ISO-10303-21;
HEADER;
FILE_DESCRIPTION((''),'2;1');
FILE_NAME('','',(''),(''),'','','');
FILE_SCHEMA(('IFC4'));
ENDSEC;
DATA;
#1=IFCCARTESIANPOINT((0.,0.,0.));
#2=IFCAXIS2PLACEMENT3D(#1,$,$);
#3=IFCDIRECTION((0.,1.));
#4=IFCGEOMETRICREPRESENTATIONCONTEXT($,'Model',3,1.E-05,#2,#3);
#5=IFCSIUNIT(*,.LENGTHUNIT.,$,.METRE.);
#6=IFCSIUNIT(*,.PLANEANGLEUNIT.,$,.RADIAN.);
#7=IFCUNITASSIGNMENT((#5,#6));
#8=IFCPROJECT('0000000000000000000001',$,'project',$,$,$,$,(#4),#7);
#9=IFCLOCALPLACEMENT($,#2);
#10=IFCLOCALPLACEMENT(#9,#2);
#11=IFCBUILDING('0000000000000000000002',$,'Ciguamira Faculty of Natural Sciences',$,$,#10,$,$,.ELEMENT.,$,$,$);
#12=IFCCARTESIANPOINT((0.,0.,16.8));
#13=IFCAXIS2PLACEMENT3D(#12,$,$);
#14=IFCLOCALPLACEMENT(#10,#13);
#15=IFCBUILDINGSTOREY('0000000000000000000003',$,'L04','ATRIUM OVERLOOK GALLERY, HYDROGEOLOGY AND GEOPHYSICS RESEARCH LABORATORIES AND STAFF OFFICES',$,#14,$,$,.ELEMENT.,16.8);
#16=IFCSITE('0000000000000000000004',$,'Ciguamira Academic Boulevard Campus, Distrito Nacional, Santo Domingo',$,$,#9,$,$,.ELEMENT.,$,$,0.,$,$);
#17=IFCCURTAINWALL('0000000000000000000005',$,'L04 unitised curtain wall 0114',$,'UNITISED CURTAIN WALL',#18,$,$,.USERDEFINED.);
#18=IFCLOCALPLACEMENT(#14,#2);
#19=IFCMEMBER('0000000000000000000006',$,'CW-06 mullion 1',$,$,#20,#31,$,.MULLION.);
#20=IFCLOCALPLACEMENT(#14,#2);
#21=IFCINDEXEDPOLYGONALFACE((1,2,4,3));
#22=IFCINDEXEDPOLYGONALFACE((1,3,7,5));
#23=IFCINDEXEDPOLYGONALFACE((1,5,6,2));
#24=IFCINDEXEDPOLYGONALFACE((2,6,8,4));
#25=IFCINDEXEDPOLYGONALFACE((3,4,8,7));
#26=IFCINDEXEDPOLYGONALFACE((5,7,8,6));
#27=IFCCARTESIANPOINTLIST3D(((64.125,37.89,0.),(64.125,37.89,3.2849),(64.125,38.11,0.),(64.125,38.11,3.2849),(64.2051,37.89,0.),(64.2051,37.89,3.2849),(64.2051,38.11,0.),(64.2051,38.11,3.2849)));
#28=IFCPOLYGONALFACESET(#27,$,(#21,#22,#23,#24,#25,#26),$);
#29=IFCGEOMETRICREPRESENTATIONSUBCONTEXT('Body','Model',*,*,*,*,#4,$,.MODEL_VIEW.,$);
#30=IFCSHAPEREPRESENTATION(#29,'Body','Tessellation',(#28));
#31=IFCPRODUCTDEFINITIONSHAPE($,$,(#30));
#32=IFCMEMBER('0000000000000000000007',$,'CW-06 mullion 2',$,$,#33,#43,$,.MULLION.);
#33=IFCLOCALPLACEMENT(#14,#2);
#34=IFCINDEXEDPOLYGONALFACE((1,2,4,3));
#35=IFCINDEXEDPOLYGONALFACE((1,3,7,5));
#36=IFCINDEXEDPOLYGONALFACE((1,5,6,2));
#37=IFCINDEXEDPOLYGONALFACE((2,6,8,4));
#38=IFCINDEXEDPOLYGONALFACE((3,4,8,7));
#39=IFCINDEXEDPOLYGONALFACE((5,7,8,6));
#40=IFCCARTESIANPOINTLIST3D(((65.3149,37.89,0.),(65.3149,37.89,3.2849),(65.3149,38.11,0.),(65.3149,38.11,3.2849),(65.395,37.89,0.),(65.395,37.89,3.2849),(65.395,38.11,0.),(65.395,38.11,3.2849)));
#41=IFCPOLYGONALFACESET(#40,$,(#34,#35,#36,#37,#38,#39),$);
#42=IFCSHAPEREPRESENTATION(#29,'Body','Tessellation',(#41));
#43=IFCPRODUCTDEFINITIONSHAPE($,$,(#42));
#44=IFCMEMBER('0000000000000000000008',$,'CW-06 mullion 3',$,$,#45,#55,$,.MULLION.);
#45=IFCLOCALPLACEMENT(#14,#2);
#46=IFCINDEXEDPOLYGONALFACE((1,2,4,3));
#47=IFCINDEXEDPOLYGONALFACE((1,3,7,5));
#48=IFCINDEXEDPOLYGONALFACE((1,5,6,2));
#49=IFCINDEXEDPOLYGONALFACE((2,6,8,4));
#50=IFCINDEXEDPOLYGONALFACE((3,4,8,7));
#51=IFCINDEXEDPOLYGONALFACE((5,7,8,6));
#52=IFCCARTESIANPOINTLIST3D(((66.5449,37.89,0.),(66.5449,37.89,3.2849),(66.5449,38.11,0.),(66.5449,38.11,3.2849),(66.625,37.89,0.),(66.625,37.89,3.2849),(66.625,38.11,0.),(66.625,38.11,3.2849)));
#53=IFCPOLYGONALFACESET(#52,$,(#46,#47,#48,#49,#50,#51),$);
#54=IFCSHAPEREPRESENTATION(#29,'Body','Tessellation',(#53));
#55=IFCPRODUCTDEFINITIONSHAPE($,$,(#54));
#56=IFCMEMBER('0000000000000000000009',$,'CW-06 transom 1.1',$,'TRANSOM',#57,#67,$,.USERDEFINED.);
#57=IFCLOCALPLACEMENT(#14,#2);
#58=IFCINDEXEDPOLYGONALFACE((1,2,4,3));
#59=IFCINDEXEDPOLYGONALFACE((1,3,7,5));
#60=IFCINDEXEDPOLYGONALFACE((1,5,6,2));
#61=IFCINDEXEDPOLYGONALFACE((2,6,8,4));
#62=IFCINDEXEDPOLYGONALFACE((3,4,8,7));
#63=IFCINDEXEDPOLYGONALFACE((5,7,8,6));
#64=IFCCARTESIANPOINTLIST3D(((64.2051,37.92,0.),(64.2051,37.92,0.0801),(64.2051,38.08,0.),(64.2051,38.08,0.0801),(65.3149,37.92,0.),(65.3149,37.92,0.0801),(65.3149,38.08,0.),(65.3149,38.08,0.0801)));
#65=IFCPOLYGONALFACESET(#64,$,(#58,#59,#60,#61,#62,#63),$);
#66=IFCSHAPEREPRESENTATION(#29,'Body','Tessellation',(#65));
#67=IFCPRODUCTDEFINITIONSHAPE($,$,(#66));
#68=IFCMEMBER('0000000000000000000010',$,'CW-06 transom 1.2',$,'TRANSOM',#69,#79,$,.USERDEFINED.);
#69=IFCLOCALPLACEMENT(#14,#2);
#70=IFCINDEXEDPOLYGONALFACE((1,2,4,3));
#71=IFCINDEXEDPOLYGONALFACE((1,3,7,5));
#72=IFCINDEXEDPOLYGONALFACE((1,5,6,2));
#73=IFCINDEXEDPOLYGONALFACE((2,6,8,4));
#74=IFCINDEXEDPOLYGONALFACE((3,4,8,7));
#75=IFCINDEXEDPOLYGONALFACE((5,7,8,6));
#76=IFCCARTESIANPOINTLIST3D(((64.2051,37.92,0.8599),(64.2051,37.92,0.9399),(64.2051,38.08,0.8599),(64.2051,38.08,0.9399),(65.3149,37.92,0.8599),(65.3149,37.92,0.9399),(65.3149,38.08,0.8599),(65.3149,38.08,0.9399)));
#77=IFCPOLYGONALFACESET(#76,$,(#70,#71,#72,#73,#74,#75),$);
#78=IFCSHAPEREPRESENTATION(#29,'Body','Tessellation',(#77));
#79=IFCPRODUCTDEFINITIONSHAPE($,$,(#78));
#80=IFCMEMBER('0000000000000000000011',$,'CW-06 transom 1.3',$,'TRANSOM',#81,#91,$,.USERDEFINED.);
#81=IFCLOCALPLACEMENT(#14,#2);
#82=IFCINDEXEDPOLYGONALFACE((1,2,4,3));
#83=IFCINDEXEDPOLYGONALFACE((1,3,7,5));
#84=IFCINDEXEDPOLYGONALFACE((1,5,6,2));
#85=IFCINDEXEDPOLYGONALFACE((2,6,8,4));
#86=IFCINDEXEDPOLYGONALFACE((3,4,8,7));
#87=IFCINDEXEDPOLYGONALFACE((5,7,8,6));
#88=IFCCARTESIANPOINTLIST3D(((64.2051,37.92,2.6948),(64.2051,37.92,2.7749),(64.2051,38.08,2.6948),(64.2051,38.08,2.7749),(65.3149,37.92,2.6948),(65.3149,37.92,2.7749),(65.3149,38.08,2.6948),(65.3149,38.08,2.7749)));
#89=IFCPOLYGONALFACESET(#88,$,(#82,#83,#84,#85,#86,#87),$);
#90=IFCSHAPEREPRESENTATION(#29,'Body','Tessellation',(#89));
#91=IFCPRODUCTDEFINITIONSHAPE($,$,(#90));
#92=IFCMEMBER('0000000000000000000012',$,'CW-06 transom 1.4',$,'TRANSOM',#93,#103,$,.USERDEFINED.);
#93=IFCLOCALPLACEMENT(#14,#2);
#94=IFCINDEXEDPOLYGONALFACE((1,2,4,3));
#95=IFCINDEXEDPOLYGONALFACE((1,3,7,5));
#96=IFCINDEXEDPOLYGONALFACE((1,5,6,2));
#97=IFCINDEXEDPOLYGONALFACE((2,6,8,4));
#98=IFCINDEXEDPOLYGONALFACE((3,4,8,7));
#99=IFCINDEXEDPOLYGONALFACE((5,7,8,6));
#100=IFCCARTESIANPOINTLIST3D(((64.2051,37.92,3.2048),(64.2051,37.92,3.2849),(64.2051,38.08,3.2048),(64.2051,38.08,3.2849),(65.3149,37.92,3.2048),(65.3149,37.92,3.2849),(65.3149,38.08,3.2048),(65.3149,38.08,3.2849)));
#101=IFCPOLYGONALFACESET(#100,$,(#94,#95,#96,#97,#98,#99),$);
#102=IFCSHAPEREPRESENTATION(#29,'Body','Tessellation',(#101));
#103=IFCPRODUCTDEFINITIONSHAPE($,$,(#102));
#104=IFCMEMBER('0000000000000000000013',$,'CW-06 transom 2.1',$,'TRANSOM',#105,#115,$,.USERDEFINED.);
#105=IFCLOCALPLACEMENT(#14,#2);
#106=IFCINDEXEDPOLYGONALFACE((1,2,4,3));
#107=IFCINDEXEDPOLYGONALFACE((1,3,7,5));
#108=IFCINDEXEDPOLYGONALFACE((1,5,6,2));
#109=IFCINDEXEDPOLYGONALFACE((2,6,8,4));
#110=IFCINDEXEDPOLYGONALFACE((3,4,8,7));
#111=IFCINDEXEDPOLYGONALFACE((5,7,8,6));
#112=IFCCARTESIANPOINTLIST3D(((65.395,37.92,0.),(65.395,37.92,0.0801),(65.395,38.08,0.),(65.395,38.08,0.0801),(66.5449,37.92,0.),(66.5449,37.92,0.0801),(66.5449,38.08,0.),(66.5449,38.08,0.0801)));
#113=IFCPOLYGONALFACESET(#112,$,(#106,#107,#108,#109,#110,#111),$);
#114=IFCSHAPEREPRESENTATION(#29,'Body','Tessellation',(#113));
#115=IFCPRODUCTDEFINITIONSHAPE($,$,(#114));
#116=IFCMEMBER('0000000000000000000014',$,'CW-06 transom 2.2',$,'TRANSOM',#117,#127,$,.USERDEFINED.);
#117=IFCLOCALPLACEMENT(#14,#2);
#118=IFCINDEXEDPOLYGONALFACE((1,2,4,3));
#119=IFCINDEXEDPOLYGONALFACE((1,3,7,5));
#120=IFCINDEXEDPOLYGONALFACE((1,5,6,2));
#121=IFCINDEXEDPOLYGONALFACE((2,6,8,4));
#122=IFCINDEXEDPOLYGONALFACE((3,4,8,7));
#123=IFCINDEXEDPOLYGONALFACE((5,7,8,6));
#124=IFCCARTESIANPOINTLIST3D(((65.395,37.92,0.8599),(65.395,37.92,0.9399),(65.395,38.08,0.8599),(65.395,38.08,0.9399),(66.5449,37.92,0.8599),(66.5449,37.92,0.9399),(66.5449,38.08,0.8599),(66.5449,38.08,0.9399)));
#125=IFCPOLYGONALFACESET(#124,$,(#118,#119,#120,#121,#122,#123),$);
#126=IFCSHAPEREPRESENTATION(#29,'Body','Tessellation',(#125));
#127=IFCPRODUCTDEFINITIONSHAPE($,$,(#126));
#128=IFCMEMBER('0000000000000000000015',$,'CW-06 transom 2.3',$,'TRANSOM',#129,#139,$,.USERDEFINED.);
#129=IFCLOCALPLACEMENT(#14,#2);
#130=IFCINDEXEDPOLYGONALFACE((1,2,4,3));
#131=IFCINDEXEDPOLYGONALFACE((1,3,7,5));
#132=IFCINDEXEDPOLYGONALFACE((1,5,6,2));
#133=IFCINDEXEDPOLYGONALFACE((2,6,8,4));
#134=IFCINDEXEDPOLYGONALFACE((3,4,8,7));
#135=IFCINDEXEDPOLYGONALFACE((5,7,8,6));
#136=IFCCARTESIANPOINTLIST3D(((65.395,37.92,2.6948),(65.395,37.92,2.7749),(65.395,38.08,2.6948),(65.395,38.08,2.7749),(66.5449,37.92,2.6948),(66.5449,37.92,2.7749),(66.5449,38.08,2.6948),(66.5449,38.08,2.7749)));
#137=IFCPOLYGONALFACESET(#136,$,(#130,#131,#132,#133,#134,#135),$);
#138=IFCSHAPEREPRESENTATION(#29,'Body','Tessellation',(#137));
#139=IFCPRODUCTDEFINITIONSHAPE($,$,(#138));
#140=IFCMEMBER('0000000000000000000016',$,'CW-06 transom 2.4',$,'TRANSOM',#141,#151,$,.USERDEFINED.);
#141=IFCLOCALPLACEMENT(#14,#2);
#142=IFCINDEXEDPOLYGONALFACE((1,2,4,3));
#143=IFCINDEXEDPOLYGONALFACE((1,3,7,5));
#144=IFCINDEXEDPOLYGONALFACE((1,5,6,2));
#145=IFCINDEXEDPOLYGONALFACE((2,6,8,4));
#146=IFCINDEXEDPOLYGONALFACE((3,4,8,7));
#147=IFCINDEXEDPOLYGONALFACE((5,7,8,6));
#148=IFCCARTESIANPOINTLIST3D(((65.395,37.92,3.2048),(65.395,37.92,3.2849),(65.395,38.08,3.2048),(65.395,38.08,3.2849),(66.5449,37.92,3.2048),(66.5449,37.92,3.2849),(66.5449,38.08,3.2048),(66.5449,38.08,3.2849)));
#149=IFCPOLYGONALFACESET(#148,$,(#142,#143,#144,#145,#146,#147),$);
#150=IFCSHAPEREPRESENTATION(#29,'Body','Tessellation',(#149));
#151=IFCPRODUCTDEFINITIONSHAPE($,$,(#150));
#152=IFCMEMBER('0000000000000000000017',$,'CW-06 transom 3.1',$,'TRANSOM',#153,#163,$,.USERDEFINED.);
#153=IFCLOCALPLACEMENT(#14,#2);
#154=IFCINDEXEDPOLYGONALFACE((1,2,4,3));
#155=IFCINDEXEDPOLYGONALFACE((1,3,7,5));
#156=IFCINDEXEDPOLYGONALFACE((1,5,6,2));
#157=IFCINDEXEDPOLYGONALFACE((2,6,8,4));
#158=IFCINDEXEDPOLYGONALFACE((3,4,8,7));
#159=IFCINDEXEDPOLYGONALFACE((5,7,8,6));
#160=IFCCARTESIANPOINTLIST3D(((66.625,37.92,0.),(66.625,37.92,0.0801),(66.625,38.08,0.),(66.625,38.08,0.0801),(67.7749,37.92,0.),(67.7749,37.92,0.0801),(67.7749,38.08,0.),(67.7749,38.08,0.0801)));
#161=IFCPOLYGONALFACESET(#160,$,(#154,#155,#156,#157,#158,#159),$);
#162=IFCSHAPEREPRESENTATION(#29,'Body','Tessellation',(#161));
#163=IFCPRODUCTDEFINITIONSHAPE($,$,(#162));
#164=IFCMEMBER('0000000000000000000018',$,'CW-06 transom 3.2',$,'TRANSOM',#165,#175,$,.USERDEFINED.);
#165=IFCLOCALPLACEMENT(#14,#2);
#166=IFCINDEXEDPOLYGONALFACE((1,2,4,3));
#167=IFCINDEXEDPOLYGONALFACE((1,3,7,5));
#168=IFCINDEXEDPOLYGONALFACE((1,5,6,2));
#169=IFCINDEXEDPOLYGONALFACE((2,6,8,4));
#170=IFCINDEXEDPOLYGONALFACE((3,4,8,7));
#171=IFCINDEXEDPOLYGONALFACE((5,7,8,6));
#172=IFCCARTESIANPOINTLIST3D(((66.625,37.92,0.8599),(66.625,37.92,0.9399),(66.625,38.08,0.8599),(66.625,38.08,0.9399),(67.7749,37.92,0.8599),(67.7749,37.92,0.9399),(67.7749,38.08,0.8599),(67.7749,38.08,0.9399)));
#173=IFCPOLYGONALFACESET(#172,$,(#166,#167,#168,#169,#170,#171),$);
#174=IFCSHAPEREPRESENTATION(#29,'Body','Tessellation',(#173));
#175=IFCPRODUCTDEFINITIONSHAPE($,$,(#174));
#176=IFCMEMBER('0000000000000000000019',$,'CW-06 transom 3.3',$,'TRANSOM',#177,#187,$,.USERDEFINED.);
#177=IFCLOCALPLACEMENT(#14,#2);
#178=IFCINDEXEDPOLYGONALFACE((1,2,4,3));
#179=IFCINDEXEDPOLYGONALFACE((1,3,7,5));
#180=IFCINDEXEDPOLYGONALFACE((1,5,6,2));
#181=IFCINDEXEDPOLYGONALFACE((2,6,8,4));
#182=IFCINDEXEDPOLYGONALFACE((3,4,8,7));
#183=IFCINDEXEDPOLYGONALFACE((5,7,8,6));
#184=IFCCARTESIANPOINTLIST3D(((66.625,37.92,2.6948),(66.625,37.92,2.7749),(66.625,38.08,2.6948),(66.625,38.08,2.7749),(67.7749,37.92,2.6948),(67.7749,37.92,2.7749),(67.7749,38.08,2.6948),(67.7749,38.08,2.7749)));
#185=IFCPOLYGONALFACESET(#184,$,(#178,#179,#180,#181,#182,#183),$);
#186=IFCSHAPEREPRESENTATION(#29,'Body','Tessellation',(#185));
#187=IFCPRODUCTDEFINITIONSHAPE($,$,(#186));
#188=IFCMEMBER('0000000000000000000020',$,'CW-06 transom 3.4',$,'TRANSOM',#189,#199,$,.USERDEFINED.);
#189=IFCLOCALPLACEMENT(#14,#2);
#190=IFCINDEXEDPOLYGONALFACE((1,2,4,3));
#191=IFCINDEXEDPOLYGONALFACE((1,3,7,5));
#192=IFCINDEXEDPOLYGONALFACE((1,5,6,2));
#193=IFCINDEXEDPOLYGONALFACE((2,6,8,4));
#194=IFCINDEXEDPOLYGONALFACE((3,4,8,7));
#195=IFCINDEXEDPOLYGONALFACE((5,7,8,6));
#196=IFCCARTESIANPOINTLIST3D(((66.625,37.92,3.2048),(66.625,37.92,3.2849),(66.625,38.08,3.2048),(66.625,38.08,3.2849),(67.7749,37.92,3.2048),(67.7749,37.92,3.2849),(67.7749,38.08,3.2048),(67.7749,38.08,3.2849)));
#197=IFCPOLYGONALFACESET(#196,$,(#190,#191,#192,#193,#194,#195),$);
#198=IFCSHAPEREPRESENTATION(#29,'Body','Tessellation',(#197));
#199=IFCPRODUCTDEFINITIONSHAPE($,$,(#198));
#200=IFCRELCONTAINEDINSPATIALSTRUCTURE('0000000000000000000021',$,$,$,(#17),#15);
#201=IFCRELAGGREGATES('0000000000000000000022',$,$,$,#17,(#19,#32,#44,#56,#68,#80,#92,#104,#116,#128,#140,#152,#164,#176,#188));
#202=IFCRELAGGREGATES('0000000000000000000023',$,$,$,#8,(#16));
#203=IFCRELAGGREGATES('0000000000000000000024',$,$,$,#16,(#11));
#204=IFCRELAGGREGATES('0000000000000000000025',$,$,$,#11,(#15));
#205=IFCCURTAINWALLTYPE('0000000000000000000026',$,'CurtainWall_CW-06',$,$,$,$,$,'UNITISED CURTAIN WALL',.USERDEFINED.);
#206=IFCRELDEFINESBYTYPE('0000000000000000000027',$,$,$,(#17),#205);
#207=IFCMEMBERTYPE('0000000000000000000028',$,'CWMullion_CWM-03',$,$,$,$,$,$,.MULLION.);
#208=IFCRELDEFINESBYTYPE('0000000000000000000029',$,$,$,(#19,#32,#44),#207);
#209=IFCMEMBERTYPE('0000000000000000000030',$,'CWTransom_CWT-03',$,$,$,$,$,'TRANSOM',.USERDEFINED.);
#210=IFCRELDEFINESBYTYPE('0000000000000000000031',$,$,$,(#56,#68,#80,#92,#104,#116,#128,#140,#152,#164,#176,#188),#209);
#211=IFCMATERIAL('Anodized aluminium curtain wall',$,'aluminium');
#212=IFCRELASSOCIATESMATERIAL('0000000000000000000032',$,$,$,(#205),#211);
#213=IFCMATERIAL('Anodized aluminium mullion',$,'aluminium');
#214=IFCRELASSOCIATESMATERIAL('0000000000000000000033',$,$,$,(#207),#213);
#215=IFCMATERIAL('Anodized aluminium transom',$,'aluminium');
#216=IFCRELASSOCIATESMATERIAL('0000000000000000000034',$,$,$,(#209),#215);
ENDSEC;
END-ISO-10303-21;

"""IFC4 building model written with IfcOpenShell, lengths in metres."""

from ifc_helpers import new_model, si_unit, direction, frame, origin, origin_2d, place, context, subcontext, project, spatial, rectangle, extrude, material, material_profile, profile_set, type_object, element, aggregate, save


model = new_model("IFC4")

# Units and contexts
model_context = context("Model", 3, precision=1e-05, world=origin(), true_north=direction((0.0, 1.0)))
body_context = subcontext(model_context, "Body", "Model", "MODEL_VIEW")
ifc_project = project(units=[si_unit("LENGTHUNIT", "METRE"), si_unit("PLANEANGLEUNIT", "RADIAN")], contexts=[model_context])

# Site, building, storey
site_placement = place(None, origin())
site = spatial("IfcSite", under=ifc_project, at=site_placement, Name="Ciguamira Academic Boulevard Campus, Distrito Nacional, Santo Domingo", CompositionType="ELEMENT", RefElevation=0.0)
building_placement = place(site_placement, origin())
building = spatial("IfcBuilding", under=site, at=building_placement, Name="Ciguamira Faculty of Natural Sciences", CompositionType="ELEMENT")
storey_placement = place(building_placement, frame((0.0, 0.0, 16.8)))
storey = spatial("IfcBuildingStorey", under=building, at=storey_placement, Name="L04", Description="ATRIUM OVERLOOK GALLERY, HYDROGEOLOGY AND GEOPHYSICS RESEARCH LABORATORIES AND STAFF OFFICES", CompositionType="ELEMENT", Elevation=16.8)

# Curtain wall, members
ifc_material_1 = material(Name="Anodized aluminium curtain wall", Category="aluminium")
curtain_wall_type = type_object("IfcCurtainWallType", Name="CurtainWall_CW-06", ElementType="UNITISED CURTAIN WALL", PredefinedType="USERDEFINED", material=ifc_material_1)
curtain_wall_placement = place(storey_placement, origin())
curtain_wall = element("IfcCurtainWall", 1, at=curtain_wall_placement, inside=storey, type_object=curtain_wall_type, Name="L04 unitised curtain wall 0114", ObjectType="UNITISED CURTAIN WALL", PredefinedType="USERDEFINED")
ifc_material_2 = material(Name="Anodized aluminium mullion", Category="aluminium")
ifc_material_profile_1 = material_profile(ifc_material_2, rectangle(XDim=0.0801, YDim=0.22, at=origin_2d()), Name="ALU-MUL-80X220")
ifc_profile_set_1 = profile_set([ifc_material_profile_1], Name="Anodized aluminium mullion")
member_type_1 = type_object("IfcMemberType", Name="CWMullion_CWM-03", PredefinedType="MULLION", material=ifc_profile_set_1)
member_1_placement = place(storey_placement, frame((64.165, 38.0, 0.0), z_axis=(0.0, 0.0, 1.0), x_axis=(1.0, 0.0, 0.0)))
member_1 = element("IfcMember", 2, at=member_1_placement, type_object=member_type_1, Name="CW-06 mullion 1", PredefinedType="MULLION", context=body_context, shape_type="SweptSolid", body=[
    extrude(rectangle(XDim=0.0801, YDim=0.22, at=origin_2d()), origin(), (0.0, 0.0, 1.0), 3.2849),
])
member_2_placement = place(storey_placement, frame((65.355, 38.0, 0.0), z_axis=(0.0, 0.0, 1.0), x_axis=(1.0, 0.0, 0.0)))
member_2 = element("IfcMember", 3, at=member_2_placement, type_object=member_type_1, Name="CW-06 mullion 2", PredefinedType="MULLION", context=body_context, shape_type="SweptSolid", body=[
    extrude(rectangle(XDim=0.0801, YDim=0.22, at=origin_2d()), origin(), (0.0, 0.0, 1.0), 3.2849),
])
member_3_placement = place(storey_placement, frame((66.585, 38.0, 0.0), z_axis=(0.0, 0.0, 1.0), x_axis=(1.0, 0.0, 0.0)))
member_3 = element("IfcMember", 4, at=member_3_placement, type_object=member_type_1, Name="CW-06 mullion 3", PredefinedType="MULLION", context=body_context, shape_type="SweptSolid", body=[
    extrude(rectangle(XDim=0.0801, YDim=0.22, at=origin_2d()), origin(), (0.0, 0.0, 1.0), 3.2849),
])
ifc_material_3 = material(Name="Anodized aluminium transom", Category="aluminium")
ifc_material_profile_2 = material_profile(ifc_material_3, rectangle(XDim=0.0801, YDim=0.1599, at=origin_2d()), Name="ALU-TRN-80X160")
ifc_profile_set_2 = profile_set([ifc_material_profile_2], Name="Anodized aluminium transom")
member_type_2 = type_object("IfcMemberType", Name="CWTransom_CWT-03", ElementType="TRANSOM", PredefinedType="USERDEFINED", material=ifc_profile_set_2)
member_4_placement = place(storey_placement, frame((64.2051, 38.0, 0.04), z_axis=(1.0, 0.0, 0.0), x_axis=(0.0, 0.0, 1.0)))
member_4 = element("IfcMember", 5, at=member_4_placement, type_object=member_type_2, Name="CW-06 transom 1.1", ObjectType="TRANSOM", PredefinedType="USERDEFINED", context=body_context, shape_type="SweptSolid", body=[
    extrude(rectangle(XDim=0.0801, YDim=0.1599, at=origin_2d()), origin(), (0.0, 0.0, 1.0), 1.1099),
])
member_5_placement = place(storey_placement, frame((64.2051, 38.0, 0.8999), z_axis=(1.0, 0.0, 0.0), x_axis=(0.0, 0.0, 1.0)))
member_5 = element("IfcMember", 6, at=member_5_placement, type_object=member_type_2, Name="CW-06 transom 1.2", ObjectType="TRANSOM", PredefinedType="USERDEFINED", context=body_context, shape_type="SweptSolid", body=[
    extrude(rectangle(XDim=0.0801, YDim=0.1599, at=origin_2d()), origin(), (0.0, 0.0, 1.0), 1.1099),
])
member_6_placement = place(storey_placement, frame((64.2051, 38.0, 2.7349), z_axis=(1.0, 0.0, 0.0), x_axis=(0.0, 0.0, 1.0)))
member_6 = element("IfcMember", 7, at=member_6_placement, type_object=member_type_2, Name="CW-06 transom 1.3", ObjectType="TRANSOM", PredefinedType="USERDEFINED", context=body_context, shape_type="SweptSolid", body=[
    extrude(rectangle(XDim=0.0801, YDim=0.1599, at=origin_2d()), origin(), (0.0, 0.0, 1.0), 1.1099),
])
member_7_placement = place(storey_placement, frame((64.2051, 38.0, 3.2449), z_axis=(1.0, 0.0, 0.0), x_axis=(0.0, 0.0, 1.0)))
member_7 = element("IfcMember", 8, at=member_7_placement, type_object=member_type_2, Name="CW-06 transom 1.4", ObjectType="TRANSOM", PredefinedType="USERDEFINED", context=body_context, shape_type="SweptSolid", body=[
    extrude(rectangle(XDim=0.0801, YDim=0.1599, at=origin_2d()), origin(), (0.0, 0.0, 1.0), 1.1099),
])
member_8_placement = place(storey_placement, frame((65.395, 38.0, 0.04), z_axis=(1.0, 0.0, 0.0), x_axis=(0.0, 0.0, 1.0)))
member_8 = element("IfcMember", 9, at=member_8_placement, type_object=member_type_2, Name="CW-06 transom 2.1", ObjectType="TRANSOM", PredefinedType="USERDEFINED", context=body_context, shape_type="SweptSolid", body=[
    extrude(rectangle(XDim=0.0801, YDim=0.1599, at=origin_2d()), origin(), (0.0, 0.0, 1.0), 1.1499),
])
member_9_placement = place(storey_placement, frame((65.395, 38.0, 0.8999), z_axis=(1.0, 0.0, 0.0), x_axis=(0.0, 0.0, 1.0)))
member_9 = element("IfcMember", 10, at=member_9_placement, type_object=member_type_2, Name="CW-06 transom 2.2", ObjectType="TRANSOM", PredefinedType="USERDEFINED", context=body_context, shape_type="SweptSolid", body=[
    extrude(rectangle(XDim=0.0801, YDim=0.1599, at=origin_2d()), origin(), (0.0, 0.0, 1.0), 1.1499),
])
member_10_placement = place(storey_placement, frame((65.395, 38.0, 2.7349), z_axis=(1.0, 0.0, 0.0), x_axis=(0.0, 0.0, 1.0)))
member_10 = element("IfcMember", 11, at=member_10_placement, type_object=member_type_2, Name="CW-06 transom 2.3", ObjectType="TRANSOM", PredefinedType="USERDEFINED", context=body_context, shape_type="SweptSolid", body=[
    extrude(rectangle(XDim=0.0801, YDim=0.1599, at=origin_2d()), origin(), (0.0, 0.0, 1.0), 1.1499),
])
member_11_placement = place(storey_placement, frame((65.395, 38.0, 3.2449), z_axis=(1.0, 0.0, 0.0), x_axis=(0.0, 0.0, 1.0)))
member_11 = element("IfcMember", 12, at=member_11_placement, type_object=member_type_2, Name="CW-06 transom 2.4", ObjectType="TRANSOM", PredefinedType="USERDEFINED", context=body_context, shape_type="SweptSolid", body=[
    extrude(rectangle(XDim=0.0801, YDim=0.1599, at=origin_2d()), origin(), (0.0, 0.0, 1.0), 1.1499),
])
member_12_placement = place(storey_placement, frame((66.625, 38.0, 0.04), z_axis=(1.0, 0.0, 0.0), x_axis=(0.0, 0.0, 1.0)))
member_12 = element("IfcMember", 13, at=member_12_placement, type_object=member_type_2, Name="CW-06 transom 3.1", ObjectType="TRANSOM", PredefinedType="USERDEFINED", context=body_context, shape_type="SweptSolid", body=[
    extrude(rectangle(XDim=0.0801, YDim=0.1599, at=origin_2d()), origin(), (0.0, 0.0, 1.0), 1.1499),
])
member_13_placement = place(storey_placement, frame((66.625, 38.0, 0.8999), z_axis=(1.0, 0.0, 0.0), x_axis=(0.0, 0.0, 1.0)))
member_13 = element("IfcMember", 14, at=member_13_placement, type_object=member_type_2, Name="CW-06 transom 3.2", ObjectType="TRANSOM", PredefinedType="USERDEFINED", context=body_context, shape_type="SweptSolid", body=[
    extrude(rectangle(XDim=0.0801, YDim=0.1599, at=origin_2d()), origin(), (0.0, 0.0, 1.0), 1.1499),
])
member_14_placement = place(storey_placement, frame((66.625, 38.0, 2.7349), z_axis=(1.0, 0.0, 0.0), x_axis=(0.0, 0.0, 1.0)))
member_14 = element("IfcMember", 15, at=member_14_placement, type_object=member_type_2, Name="CW-06 transom 3.3", ObjectType="TRANSOM", PredefinedType="USERDEFINED", context=body_context, shape_type="SweptSolid", body=[
    extrude(rectangle(XDim=0.0801, YDim=0.1599, at=origin_2d()), origin(), (0.0, 0.0, 1.0), 1.1499),
])
member_15_placement = place(storey_placement, frame((66.625, 38.0, 3.2449), z_axis=(1.0, 0.0, 0.0), x_axis=(0.0, 0.0, 1.0)))
member_15 = element("IfcMember", 16, at=member_15_placement, type_object=member_type_2, Name="CW-06 transom 3.4", ObjectType="TRANSOM", PredefinedType="USERDEFINED", context=body_context, shape_type="SweptSolid", body=[
    extrude(rectangle(XDim=0.0801, YDim=0.1599, at=origin_2d()), origin(), (0.0, 0.0, 1.0), 1.1499),
])

aggregate(curtain_wall, [member_1, member_2, member_3, member_4, member_5, member_6, member_7, member_8, member_9, member_10, member_11, member_12, member_13, member_14, member_15])

save(model, "model.ifc")
